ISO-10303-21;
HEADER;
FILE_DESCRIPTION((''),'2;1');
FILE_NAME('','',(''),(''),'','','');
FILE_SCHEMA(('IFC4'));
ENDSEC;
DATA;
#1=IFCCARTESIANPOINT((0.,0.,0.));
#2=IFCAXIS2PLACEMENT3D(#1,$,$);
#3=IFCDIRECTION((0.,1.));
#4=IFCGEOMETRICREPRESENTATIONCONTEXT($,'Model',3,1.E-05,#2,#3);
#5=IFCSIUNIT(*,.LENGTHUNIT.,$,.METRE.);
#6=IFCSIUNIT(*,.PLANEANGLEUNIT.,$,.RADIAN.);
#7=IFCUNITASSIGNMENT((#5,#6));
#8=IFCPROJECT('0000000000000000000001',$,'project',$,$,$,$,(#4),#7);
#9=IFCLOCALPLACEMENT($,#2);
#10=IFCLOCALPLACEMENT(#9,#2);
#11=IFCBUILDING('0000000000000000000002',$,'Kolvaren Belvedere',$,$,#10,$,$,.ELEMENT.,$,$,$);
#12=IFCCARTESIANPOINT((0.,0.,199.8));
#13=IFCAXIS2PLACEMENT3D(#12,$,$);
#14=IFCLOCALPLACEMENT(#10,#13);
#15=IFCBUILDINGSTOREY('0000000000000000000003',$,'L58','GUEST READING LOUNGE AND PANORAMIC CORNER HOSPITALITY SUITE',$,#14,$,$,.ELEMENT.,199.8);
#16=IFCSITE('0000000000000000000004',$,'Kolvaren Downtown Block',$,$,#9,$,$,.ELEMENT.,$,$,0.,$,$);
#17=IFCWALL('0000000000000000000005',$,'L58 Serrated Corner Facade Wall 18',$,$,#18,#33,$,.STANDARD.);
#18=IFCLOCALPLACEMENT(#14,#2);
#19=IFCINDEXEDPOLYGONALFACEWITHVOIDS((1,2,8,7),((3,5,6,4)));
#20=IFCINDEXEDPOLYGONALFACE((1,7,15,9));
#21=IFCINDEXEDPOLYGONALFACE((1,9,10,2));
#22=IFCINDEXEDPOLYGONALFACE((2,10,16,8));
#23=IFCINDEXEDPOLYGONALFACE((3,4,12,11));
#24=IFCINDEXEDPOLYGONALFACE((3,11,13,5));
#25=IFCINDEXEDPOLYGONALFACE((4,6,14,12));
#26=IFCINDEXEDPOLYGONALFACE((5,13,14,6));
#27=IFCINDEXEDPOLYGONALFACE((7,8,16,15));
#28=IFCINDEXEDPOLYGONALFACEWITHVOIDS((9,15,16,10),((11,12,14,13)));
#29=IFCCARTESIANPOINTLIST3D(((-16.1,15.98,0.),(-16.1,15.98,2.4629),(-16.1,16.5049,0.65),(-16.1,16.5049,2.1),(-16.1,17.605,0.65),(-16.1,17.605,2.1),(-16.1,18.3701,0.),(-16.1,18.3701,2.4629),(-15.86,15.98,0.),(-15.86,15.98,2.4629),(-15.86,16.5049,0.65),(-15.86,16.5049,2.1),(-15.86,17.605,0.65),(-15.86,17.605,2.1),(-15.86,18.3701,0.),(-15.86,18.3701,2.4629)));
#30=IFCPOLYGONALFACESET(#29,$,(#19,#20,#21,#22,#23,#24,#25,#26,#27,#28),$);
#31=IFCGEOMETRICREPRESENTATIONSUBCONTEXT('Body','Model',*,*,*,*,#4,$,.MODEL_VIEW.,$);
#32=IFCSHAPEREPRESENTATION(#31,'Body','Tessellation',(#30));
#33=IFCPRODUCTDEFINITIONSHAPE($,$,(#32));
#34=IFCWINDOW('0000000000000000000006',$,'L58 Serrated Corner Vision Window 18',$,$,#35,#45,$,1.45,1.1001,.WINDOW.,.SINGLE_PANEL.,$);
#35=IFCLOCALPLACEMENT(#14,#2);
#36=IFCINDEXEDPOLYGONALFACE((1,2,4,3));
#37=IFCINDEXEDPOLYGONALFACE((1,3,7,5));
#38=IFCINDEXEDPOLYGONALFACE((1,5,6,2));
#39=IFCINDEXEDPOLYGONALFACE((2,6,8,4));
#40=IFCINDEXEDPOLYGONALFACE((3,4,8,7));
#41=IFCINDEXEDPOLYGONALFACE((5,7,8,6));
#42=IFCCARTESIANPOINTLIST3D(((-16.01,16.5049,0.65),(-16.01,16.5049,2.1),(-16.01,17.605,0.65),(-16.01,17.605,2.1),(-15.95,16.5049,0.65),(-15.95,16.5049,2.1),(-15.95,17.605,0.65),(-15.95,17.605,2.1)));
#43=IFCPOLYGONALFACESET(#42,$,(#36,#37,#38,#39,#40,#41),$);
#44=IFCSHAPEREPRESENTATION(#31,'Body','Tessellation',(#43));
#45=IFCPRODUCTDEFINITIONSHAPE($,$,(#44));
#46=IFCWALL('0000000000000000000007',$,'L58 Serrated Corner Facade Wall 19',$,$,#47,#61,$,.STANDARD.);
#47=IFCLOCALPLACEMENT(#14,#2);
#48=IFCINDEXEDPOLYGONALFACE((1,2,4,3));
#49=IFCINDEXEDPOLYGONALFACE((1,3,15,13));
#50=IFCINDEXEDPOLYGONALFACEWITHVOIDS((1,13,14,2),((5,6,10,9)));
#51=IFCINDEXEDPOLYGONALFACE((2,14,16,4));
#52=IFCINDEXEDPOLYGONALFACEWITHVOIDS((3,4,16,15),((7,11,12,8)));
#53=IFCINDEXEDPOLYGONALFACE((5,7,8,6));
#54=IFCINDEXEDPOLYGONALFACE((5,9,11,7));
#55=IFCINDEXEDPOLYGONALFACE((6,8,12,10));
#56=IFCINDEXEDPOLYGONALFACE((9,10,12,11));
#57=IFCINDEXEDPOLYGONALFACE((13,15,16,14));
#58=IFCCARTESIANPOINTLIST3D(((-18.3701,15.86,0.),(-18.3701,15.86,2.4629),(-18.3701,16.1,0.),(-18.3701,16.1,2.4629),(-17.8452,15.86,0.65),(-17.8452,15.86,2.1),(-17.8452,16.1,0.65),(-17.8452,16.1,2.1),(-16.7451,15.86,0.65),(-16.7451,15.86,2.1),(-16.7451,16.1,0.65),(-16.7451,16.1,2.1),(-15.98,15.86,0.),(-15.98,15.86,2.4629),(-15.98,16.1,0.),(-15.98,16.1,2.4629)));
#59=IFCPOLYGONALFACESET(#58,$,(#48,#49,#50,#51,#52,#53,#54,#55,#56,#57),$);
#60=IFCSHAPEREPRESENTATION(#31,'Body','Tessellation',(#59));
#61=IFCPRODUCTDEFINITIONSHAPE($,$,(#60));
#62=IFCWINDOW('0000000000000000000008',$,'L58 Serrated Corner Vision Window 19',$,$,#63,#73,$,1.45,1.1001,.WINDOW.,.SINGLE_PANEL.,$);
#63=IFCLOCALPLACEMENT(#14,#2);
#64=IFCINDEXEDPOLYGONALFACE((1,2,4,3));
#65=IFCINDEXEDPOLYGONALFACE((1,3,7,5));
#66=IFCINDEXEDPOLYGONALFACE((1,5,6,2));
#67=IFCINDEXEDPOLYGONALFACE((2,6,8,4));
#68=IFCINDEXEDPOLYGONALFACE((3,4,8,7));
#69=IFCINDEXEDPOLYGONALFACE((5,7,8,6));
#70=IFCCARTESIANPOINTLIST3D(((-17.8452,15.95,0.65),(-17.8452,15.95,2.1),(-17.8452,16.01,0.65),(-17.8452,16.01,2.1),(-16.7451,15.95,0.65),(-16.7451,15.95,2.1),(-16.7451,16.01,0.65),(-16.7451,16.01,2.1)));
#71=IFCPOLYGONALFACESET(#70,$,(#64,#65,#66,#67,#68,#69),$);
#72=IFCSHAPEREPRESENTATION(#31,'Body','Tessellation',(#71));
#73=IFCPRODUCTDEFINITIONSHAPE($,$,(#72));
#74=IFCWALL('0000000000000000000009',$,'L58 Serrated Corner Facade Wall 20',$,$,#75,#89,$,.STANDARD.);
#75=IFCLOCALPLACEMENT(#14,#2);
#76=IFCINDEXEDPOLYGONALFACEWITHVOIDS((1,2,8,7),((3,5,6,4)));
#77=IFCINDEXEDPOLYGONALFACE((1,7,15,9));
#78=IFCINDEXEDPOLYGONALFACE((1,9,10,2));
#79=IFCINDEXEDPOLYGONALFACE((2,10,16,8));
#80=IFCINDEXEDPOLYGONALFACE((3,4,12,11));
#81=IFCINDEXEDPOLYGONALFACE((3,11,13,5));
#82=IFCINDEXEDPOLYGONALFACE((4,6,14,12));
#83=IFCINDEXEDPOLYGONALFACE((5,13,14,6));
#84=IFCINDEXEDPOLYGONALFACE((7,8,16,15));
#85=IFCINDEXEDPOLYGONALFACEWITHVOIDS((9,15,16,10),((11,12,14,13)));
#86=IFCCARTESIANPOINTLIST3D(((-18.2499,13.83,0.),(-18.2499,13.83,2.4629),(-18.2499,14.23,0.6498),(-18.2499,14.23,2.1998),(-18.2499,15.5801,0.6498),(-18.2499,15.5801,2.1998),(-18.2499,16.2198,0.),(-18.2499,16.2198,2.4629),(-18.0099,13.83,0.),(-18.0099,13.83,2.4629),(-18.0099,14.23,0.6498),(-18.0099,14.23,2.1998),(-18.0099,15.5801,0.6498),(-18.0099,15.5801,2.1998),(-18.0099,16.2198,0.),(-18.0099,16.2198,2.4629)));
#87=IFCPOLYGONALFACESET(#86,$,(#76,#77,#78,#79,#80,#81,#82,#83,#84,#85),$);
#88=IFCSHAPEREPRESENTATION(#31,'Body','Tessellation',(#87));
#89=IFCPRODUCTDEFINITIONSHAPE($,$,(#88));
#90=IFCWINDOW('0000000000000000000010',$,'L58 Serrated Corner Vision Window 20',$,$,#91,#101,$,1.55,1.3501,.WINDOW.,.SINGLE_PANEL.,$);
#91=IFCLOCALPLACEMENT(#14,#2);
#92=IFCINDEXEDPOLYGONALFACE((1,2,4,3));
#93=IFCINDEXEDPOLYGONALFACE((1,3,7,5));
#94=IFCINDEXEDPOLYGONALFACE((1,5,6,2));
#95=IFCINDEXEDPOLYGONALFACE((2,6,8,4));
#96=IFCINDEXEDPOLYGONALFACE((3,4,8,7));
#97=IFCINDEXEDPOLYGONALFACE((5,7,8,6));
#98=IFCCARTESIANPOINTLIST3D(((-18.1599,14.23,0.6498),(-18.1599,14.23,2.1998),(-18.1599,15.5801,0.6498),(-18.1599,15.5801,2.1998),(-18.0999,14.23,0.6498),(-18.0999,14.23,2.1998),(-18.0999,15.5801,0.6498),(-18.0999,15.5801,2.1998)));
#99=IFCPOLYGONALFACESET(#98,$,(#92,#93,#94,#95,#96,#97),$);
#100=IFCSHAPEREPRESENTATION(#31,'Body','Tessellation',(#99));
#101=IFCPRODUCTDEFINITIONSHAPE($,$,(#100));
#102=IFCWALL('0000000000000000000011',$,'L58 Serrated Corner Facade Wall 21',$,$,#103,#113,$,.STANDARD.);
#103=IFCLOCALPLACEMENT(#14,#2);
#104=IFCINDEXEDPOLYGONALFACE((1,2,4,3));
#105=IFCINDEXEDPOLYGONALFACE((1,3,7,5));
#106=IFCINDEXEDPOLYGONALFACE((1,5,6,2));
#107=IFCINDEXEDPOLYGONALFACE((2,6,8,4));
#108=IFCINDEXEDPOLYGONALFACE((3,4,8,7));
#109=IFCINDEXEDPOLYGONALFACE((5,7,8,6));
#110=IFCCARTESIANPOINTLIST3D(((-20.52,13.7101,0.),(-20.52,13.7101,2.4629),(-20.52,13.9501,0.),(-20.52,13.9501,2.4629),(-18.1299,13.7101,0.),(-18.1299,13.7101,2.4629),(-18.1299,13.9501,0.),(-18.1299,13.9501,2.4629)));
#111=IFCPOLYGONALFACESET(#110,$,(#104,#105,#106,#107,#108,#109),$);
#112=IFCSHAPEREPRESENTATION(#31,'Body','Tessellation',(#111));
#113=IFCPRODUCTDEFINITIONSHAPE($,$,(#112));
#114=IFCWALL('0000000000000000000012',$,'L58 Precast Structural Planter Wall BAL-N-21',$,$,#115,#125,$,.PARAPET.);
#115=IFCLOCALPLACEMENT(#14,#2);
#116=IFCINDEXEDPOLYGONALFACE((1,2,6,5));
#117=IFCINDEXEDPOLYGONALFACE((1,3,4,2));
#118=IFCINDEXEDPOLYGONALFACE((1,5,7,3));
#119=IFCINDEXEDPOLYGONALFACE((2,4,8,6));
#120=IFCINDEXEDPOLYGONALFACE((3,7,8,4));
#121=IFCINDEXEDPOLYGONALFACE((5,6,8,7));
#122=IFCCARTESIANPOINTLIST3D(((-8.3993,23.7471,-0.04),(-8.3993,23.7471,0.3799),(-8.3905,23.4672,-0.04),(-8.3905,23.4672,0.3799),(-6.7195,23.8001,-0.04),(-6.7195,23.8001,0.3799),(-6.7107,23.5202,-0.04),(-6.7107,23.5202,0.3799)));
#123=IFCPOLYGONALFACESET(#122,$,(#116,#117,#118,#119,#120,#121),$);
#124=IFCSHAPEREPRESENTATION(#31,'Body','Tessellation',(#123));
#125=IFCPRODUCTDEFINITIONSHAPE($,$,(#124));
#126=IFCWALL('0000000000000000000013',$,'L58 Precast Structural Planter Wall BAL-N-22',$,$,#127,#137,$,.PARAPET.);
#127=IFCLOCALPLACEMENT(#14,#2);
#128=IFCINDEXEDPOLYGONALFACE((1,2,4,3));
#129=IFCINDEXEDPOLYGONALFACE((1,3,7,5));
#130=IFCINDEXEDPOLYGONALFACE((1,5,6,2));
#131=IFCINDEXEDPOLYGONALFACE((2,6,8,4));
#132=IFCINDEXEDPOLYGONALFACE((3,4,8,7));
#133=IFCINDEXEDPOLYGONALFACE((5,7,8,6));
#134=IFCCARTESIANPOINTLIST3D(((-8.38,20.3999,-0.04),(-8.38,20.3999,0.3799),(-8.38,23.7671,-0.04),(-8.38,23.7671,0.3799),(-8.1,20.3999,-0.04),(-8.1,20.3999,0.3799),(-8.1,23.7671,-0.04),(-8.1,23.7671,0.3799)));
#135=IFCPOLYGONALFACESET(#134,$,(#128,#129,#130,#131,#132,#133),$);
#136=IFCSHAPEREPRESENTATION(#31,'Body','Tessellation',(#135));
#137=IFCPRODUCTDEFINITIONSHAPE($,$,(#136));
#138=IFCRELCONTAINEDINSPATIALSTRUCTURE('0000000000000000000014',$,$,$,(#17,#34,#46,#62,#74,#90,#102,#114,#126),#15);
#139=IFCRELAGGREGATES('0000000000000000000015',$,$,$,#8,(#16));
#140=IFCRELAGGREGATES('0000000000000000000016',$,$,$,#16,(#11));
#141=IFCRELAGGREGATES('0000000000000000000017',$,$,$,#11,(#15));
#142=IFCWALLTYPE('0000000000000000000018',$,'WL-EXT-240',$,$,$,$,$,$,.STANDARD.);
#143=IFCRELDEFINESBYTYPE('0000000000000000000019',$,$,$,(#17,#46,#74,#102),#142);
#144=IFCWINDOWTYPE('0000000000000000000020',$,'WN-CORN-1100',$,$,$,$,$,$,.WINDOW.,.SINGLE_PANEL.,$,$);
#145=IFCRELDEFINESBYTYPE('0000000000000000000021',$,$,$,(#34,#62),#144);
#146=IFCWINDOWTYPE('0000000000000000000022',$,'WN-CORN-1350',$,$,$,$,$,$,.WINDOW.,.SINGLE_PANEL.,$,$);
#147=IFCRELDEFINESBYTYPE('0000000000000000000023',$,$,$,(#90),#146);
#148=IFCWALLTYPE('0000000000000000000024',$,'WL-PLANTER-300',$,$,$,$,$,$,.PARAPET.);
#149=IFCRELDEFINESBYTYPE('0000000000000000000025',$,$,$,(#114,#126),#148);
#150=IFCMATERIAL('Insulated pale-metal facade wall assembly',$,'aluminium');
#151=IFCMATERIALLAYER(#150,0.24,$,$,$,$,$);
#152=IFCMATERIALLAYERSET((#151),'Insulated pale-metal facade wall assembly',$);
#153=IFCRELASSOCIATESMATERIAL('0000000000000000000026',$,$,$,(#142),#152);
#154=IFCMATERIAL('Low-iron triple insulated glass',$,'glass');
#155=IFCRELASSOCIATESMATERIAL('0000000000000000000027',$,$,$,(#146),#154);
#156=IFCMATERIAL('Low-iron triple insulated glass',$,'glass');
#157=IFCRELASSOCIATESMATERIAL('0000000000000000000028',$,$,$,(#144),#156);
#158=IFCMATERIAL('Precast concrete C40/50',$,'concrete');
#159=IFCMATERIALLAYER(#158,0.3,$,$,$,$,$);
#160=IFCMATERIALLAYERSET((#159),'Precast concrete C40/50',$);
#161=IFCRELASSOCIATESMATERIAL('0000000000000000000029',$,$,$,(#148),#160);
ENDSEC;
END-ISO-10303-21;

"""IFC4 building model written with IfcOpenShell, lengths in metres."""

from ifc_helpers import new_model, si_unit, direction, frame, frame_2d, origin, place, context, subcontext, project, spatial, rectangle, extrude, material, layer, layer_set, type_object, element, fill, save


model = new_model("IFC4")

# Units and contexts
model_context = context("Model", 3, precision=1e-05, world=origin(), true_north=direction((0.0, 1.0)))
body_context = subcontext(model_context, "Body", "Model", "MODEL_VIEW")
ifc_project = project(units=[si_unit("LENGTHUNIT", "METRE"), si_unit("PLANEANGLEUNIT", "RADIAN")], contexts=[model_context])

# Site, building, storey
site_placement = place(None, origin())
site = spatial("IfcSite", under=ifc_project, at=site_placement, Name="Kolvaren Downtown Block", CompositionType="ELEMENT", RefElevation=0.0)
building_placement = place(site_placement, origin())
building = spatial("IfcBuilding", under=site, at=building_placement, Name="Kolvaren Belvedere", CompositionType="ELEMENT")
storey_placement = place(building_placement, frame((0.0, 0.0, 199.8)))
storey = spatial("IfcBuildingStorey", under=building, at=storey_placement, Name="L58", Description="GUEST READING LOUNGE AND PANORAMIC CORNER HOSPITALITY SUITE", CompositionType="ELEMENT", Elevation=199.8)

# Shared definitions
ifc_material_1 = material(Name="Insulated pale-metal facade wall assembly", Category="aluminium")
ifc_layer_1 = layer(ifc_material_1, 0.24)
ifc_layer_set_1 = layer_set([ifc_layer_1], Name="Insulated pale-metal facade wall assembly")
wall_type_1 = type_object("IfcWallType", Name="WL-EXT-240", PredefinedType="STANDARD", material=ifc_layer_set_1)

# Walls, openings, windows
ifc_material_2 = material(Name="Low-iron triple insulated glass", Category="glass")
window_type_1 = type_object("IfcWindowType", Name="WN-CORN-1350", PartitioningType="SINGLE_PANEL", PredefinedType="WINDOW", material=ifc_material_2)
wall_1_placement = place(storey_placement, frame((-15.98, 15.98, 0.0), z_axis=(0.0, 0.0, 1.0), x_axis=(0.0, 1.0, 0.0)))
wall_1 = element("IfcWall", 1, at=wall_1_placement, inside=storey, type_object=wall_type_1, Name="L58 Serrated Corner Facade Wall 18", PredefinedType="STANDARD", context=body_context, shape_type="SweptSolid", body=[
    extrude(rectangle(XDim=2.3901, YDim=0.24, at=frame_2d((1.1951, 0.0))), origin(), (0.0, 0.0, 1.0), 2.4629),
])
opening_1_placement = place(wall_1_placement, frame((0.5249, 0.0, 0.6499)))
opening_1 = element("IfcOpeningElement", 2, at=opening_1_placement, cuts=wall_1, PredefinedType="OPENING", context=body_context, shape_type="SweptSolid", body=[
    extrude(rectangle(XDim=1.1001, YDim=1.45, at=frame_2d((0.55, 0.7251))), frame((0.0, 0.1299, 0.0), z_axis=(0.0, -1.0, 0.0), x_axis=(1.0, 0.0, 0.0)), (0.0, 0.0, 1.0), 0.26),
])
ifc_material_3 = material(Name="Low-iron triple insulated glass", Category="glass")
window_type_2 = type_object("IfcWindowType", Name="WN-CORN-1100", PartitioningType="SINGLE_PANEL", PredefinedType="WINDOW", material=ifc_material_3)
window_1_placement = place(opening_1_placement, origin())
window_1 = element("IfcWindow", 3, at=window_1_placement, inside=storey, type_object=window_type_2, Name="L58 Serrated Corner Vision Window 18", OverallHeight=1.45, OverallWidth=1.1001, PartitioningType="SINGLE_PANEL", PredefinedType="WINDOW", context=body_context, shape_type="SweptSolid", body=[
    extrude(rectangle(XDim=1.1001, YDim=1.45, at=frame_2d((0.55, 0.7251))), frame((0.0, 0.03, 0.0), z_axis=(0.0, -1.0, 0.0), x_axis=(1.0, 0.0, 0.0)), (0.0, 0.0, 1.0), 0.0601),
])
fill(opening_1, window_1)
wall_2_placement = place(storey_placement, frame((-18.3701, 15.98, 0.0), z_axis=(0.0, 0.0, 1.0), x_axis=(1.0, 0.0, 0.0)))
wall_2 = element("IfcWall", 4, at=wall_2_placement, inside=storey, type_object=wall_type_1, Name="L58 Serrated Corner Facade Wall 19", PredefinedType="STANDARD", context=body_context, shape_type="SweptSolid", body=[
    extrude(rectangle(XDim=2.3901, YDim=0.24, at=frame_2d((1.1951, 0.0))), origin(), (0.0, 0.0, 1.0), 2.4629),
])
opening_2_placement = place(wall_2_placement, frame((0.5249, 0.0, 0.6499)))
opening_2 = element("IfcOpeningElement", 5, at=opening_2_placement, cuts=wall_2, PredefinedType="OPENING", context=body_context, shape_type="SweptSolid", body=[
    extrude(rectangle(XDim=1.1001, YDim=1.45, at=frame_2d((0.55, 0.7251))), frame((0.0, 0.1299, 0.0), z_axis=(0.0, -1.0, 0.0), x_axis=(1.0, 0.0, 0.0)), (0.0, 0.0, 1.0), 0.26),
])
window_2_placement = place(opening_2_placement, origin())
window_2 = element("IfcWindow", 6, at=window_2_placement, inside=storey, type_object=window_type_2, Name="L58 Serrated Corner Vision Window 19", OverallHeight=1.45, OverallWidth=1.1001, PartitioningType="SINGLE_PANEL", PredefinedType="WINDOW", context=body_context, shape_type="SweptSolid", body=[
    extrude(rectangle(XDim=1.1001, YDim=1.45, at=frame_2d((0.55, 0.7251))), frame((0.0, 0.03, 0.0), z_axis=(0.0, -1.0, 0.0), x_axis=(1.0, 0.0, 0.0)), (0.0, 0.0, 1.0), 0.0601),
])
fill(opening_2, window_2)
wall_3_placement = place(storey_placement, frame((-18.1299, 13.8301, 0.0), z_axis=(0.0, 0.0, 1.0), x_axis=(0.0, 1.0, 0.0)))
wall_3 = element("IfcWall", 7, at=wall_3_placement, inside=storey, type_object=wall_type_1, Name="L58 Serrated Corner Facade Wall 20", PredefinedType="STANDARD", context=body_context, shape_type="SweptSolid", body=[
    extrude(rectangle(XDim=2.3899, YDim=0.24, at=frame_2d((1.1948, 0.0))), origin(), (0.0, 0.0, 1.0), 2.4629),
])
opening_3_placement = place(wall_3_placement, frame((0.3999, 0.0, 0.6499)))
opening_3 = element("IfcOpeningElement", 8, at=opening_3_placement, cuts=wall_3, PredefinedType="OPENING", context=body_context, shape_type="SweptSolid", body=[
    extrude(rectangle(XDim=1.3501, YDim=1.55, at=frame_2d((0.675, 0.7749))), frame((0.0, 0.1299, 0.0), z_axis=(0.0, -1.0, 0.0), x_axis=(1.0, 0.0, 0.0)), (0.0, 0.0, 1.0), 0.26),
])
window_3_placement = place(opening_3_placement, origin())
window_3 = element("IfcWindow", 9, at=window_3_placement, inside=storey, type_object=window_type_1, Name="L58 Serrated Corner Vision Window 20", OverallHeight=1.55, OverallWidth=1.3501, PartitioningType="SINGLE_PANEL", PredefinedType="WINDOW", context=body_context, shape_type="SweptSolid", body=[
    extrude(rectangle(XDim=1.3501, YDim=1.55, at=frame_2d((0.675, 0.7749))), frame((0.0, 0.03, 0.0), z_axis=(0.0, -1.0, 0.0), x_axis=(1.0, 0.0, 0.0)), (0.0, 0.0, 1.0), 0.0601),
])
fill(opening_3, window_3)

# Walls
wall_4_placement = place(storey_placement, frame((-20.52, 13.8301, 0.0), z_axis=(0.0, 0.0, 1.0), x_axis=(1.0, 0.0, 0.0)))
element("IfcWall", 10, at=wall_4_placement, inside=storey, type_object=wall_type_1, Name="L58 Serrated Corner Facade Wall 21", PredefinedType="STANDARD", context=body_context, shape_type="SweptSolid", body=[
    extrude(rectangle(XDim=2.3901, YDim=0.24, at=frame_2d((1.1951, 0.0))), origin(), (0.0, 0.0, 1.0), 2.4629),
])
ifc_material_4 = material(Name="Precast concrete C40/50", Category="concrete")
ifc_layer_2 = layer(ifc_material_4, 0.3)
ifc_layer_set_2 = layer_set([ifc_layer_2], Name="Precast concrete C40/50")
wall_type_2 = type_object("IfcWallType", Name="WL-PLANTER-300", PredefinedType="PARAPET", material=ifc_layer_set_2)
wall_5_placement = place(storey_placement, frame((-6.7151, 23.6602, -0.04), z_axis=(0.0, 0.0, 1.0), x_axis=(-0.999503, -0.03152, 0.0)))
element("IfcWall", 11, at=wall_5_placement, inside=storey, type_object=wall_type_2, Name="L58 Precast Structural Planter Wall BAL-N-21", PredefinedType="PARAPET", context=body_context, shape_type="SweptSolid", body=[
    extrude(rectangle(XDim=1.6807, YDim=0.28, at=frame_2d((0.8403, 0.0))), origin(), (0.0, 0.0, 1.0), 0.4199),
])
wall_6_placement = place(storey_placement, frame((-8.24, 23.7671, -0.04), z_axis=(0.0, 0.0, 1.0), x_axis=(0.0, -1.0, 0.0)))
element("IfcWall", 12, at=wall_6_placement, inside=storey, type_object=wall_type_2, Name="L58 Precast Structural Planter Wall BAL-N-22", PredefinedType="PARAPET", context=body_context, shape_type="SweptSolid", body=[
    extrude(rectangle(XDim=3.3672, YDim=0.28, at=frame_2d((1.6836, 0.0))), origin(), (0.0, 0.0, 1.0), 0.4199),
])

save(model, "model.ifc")
